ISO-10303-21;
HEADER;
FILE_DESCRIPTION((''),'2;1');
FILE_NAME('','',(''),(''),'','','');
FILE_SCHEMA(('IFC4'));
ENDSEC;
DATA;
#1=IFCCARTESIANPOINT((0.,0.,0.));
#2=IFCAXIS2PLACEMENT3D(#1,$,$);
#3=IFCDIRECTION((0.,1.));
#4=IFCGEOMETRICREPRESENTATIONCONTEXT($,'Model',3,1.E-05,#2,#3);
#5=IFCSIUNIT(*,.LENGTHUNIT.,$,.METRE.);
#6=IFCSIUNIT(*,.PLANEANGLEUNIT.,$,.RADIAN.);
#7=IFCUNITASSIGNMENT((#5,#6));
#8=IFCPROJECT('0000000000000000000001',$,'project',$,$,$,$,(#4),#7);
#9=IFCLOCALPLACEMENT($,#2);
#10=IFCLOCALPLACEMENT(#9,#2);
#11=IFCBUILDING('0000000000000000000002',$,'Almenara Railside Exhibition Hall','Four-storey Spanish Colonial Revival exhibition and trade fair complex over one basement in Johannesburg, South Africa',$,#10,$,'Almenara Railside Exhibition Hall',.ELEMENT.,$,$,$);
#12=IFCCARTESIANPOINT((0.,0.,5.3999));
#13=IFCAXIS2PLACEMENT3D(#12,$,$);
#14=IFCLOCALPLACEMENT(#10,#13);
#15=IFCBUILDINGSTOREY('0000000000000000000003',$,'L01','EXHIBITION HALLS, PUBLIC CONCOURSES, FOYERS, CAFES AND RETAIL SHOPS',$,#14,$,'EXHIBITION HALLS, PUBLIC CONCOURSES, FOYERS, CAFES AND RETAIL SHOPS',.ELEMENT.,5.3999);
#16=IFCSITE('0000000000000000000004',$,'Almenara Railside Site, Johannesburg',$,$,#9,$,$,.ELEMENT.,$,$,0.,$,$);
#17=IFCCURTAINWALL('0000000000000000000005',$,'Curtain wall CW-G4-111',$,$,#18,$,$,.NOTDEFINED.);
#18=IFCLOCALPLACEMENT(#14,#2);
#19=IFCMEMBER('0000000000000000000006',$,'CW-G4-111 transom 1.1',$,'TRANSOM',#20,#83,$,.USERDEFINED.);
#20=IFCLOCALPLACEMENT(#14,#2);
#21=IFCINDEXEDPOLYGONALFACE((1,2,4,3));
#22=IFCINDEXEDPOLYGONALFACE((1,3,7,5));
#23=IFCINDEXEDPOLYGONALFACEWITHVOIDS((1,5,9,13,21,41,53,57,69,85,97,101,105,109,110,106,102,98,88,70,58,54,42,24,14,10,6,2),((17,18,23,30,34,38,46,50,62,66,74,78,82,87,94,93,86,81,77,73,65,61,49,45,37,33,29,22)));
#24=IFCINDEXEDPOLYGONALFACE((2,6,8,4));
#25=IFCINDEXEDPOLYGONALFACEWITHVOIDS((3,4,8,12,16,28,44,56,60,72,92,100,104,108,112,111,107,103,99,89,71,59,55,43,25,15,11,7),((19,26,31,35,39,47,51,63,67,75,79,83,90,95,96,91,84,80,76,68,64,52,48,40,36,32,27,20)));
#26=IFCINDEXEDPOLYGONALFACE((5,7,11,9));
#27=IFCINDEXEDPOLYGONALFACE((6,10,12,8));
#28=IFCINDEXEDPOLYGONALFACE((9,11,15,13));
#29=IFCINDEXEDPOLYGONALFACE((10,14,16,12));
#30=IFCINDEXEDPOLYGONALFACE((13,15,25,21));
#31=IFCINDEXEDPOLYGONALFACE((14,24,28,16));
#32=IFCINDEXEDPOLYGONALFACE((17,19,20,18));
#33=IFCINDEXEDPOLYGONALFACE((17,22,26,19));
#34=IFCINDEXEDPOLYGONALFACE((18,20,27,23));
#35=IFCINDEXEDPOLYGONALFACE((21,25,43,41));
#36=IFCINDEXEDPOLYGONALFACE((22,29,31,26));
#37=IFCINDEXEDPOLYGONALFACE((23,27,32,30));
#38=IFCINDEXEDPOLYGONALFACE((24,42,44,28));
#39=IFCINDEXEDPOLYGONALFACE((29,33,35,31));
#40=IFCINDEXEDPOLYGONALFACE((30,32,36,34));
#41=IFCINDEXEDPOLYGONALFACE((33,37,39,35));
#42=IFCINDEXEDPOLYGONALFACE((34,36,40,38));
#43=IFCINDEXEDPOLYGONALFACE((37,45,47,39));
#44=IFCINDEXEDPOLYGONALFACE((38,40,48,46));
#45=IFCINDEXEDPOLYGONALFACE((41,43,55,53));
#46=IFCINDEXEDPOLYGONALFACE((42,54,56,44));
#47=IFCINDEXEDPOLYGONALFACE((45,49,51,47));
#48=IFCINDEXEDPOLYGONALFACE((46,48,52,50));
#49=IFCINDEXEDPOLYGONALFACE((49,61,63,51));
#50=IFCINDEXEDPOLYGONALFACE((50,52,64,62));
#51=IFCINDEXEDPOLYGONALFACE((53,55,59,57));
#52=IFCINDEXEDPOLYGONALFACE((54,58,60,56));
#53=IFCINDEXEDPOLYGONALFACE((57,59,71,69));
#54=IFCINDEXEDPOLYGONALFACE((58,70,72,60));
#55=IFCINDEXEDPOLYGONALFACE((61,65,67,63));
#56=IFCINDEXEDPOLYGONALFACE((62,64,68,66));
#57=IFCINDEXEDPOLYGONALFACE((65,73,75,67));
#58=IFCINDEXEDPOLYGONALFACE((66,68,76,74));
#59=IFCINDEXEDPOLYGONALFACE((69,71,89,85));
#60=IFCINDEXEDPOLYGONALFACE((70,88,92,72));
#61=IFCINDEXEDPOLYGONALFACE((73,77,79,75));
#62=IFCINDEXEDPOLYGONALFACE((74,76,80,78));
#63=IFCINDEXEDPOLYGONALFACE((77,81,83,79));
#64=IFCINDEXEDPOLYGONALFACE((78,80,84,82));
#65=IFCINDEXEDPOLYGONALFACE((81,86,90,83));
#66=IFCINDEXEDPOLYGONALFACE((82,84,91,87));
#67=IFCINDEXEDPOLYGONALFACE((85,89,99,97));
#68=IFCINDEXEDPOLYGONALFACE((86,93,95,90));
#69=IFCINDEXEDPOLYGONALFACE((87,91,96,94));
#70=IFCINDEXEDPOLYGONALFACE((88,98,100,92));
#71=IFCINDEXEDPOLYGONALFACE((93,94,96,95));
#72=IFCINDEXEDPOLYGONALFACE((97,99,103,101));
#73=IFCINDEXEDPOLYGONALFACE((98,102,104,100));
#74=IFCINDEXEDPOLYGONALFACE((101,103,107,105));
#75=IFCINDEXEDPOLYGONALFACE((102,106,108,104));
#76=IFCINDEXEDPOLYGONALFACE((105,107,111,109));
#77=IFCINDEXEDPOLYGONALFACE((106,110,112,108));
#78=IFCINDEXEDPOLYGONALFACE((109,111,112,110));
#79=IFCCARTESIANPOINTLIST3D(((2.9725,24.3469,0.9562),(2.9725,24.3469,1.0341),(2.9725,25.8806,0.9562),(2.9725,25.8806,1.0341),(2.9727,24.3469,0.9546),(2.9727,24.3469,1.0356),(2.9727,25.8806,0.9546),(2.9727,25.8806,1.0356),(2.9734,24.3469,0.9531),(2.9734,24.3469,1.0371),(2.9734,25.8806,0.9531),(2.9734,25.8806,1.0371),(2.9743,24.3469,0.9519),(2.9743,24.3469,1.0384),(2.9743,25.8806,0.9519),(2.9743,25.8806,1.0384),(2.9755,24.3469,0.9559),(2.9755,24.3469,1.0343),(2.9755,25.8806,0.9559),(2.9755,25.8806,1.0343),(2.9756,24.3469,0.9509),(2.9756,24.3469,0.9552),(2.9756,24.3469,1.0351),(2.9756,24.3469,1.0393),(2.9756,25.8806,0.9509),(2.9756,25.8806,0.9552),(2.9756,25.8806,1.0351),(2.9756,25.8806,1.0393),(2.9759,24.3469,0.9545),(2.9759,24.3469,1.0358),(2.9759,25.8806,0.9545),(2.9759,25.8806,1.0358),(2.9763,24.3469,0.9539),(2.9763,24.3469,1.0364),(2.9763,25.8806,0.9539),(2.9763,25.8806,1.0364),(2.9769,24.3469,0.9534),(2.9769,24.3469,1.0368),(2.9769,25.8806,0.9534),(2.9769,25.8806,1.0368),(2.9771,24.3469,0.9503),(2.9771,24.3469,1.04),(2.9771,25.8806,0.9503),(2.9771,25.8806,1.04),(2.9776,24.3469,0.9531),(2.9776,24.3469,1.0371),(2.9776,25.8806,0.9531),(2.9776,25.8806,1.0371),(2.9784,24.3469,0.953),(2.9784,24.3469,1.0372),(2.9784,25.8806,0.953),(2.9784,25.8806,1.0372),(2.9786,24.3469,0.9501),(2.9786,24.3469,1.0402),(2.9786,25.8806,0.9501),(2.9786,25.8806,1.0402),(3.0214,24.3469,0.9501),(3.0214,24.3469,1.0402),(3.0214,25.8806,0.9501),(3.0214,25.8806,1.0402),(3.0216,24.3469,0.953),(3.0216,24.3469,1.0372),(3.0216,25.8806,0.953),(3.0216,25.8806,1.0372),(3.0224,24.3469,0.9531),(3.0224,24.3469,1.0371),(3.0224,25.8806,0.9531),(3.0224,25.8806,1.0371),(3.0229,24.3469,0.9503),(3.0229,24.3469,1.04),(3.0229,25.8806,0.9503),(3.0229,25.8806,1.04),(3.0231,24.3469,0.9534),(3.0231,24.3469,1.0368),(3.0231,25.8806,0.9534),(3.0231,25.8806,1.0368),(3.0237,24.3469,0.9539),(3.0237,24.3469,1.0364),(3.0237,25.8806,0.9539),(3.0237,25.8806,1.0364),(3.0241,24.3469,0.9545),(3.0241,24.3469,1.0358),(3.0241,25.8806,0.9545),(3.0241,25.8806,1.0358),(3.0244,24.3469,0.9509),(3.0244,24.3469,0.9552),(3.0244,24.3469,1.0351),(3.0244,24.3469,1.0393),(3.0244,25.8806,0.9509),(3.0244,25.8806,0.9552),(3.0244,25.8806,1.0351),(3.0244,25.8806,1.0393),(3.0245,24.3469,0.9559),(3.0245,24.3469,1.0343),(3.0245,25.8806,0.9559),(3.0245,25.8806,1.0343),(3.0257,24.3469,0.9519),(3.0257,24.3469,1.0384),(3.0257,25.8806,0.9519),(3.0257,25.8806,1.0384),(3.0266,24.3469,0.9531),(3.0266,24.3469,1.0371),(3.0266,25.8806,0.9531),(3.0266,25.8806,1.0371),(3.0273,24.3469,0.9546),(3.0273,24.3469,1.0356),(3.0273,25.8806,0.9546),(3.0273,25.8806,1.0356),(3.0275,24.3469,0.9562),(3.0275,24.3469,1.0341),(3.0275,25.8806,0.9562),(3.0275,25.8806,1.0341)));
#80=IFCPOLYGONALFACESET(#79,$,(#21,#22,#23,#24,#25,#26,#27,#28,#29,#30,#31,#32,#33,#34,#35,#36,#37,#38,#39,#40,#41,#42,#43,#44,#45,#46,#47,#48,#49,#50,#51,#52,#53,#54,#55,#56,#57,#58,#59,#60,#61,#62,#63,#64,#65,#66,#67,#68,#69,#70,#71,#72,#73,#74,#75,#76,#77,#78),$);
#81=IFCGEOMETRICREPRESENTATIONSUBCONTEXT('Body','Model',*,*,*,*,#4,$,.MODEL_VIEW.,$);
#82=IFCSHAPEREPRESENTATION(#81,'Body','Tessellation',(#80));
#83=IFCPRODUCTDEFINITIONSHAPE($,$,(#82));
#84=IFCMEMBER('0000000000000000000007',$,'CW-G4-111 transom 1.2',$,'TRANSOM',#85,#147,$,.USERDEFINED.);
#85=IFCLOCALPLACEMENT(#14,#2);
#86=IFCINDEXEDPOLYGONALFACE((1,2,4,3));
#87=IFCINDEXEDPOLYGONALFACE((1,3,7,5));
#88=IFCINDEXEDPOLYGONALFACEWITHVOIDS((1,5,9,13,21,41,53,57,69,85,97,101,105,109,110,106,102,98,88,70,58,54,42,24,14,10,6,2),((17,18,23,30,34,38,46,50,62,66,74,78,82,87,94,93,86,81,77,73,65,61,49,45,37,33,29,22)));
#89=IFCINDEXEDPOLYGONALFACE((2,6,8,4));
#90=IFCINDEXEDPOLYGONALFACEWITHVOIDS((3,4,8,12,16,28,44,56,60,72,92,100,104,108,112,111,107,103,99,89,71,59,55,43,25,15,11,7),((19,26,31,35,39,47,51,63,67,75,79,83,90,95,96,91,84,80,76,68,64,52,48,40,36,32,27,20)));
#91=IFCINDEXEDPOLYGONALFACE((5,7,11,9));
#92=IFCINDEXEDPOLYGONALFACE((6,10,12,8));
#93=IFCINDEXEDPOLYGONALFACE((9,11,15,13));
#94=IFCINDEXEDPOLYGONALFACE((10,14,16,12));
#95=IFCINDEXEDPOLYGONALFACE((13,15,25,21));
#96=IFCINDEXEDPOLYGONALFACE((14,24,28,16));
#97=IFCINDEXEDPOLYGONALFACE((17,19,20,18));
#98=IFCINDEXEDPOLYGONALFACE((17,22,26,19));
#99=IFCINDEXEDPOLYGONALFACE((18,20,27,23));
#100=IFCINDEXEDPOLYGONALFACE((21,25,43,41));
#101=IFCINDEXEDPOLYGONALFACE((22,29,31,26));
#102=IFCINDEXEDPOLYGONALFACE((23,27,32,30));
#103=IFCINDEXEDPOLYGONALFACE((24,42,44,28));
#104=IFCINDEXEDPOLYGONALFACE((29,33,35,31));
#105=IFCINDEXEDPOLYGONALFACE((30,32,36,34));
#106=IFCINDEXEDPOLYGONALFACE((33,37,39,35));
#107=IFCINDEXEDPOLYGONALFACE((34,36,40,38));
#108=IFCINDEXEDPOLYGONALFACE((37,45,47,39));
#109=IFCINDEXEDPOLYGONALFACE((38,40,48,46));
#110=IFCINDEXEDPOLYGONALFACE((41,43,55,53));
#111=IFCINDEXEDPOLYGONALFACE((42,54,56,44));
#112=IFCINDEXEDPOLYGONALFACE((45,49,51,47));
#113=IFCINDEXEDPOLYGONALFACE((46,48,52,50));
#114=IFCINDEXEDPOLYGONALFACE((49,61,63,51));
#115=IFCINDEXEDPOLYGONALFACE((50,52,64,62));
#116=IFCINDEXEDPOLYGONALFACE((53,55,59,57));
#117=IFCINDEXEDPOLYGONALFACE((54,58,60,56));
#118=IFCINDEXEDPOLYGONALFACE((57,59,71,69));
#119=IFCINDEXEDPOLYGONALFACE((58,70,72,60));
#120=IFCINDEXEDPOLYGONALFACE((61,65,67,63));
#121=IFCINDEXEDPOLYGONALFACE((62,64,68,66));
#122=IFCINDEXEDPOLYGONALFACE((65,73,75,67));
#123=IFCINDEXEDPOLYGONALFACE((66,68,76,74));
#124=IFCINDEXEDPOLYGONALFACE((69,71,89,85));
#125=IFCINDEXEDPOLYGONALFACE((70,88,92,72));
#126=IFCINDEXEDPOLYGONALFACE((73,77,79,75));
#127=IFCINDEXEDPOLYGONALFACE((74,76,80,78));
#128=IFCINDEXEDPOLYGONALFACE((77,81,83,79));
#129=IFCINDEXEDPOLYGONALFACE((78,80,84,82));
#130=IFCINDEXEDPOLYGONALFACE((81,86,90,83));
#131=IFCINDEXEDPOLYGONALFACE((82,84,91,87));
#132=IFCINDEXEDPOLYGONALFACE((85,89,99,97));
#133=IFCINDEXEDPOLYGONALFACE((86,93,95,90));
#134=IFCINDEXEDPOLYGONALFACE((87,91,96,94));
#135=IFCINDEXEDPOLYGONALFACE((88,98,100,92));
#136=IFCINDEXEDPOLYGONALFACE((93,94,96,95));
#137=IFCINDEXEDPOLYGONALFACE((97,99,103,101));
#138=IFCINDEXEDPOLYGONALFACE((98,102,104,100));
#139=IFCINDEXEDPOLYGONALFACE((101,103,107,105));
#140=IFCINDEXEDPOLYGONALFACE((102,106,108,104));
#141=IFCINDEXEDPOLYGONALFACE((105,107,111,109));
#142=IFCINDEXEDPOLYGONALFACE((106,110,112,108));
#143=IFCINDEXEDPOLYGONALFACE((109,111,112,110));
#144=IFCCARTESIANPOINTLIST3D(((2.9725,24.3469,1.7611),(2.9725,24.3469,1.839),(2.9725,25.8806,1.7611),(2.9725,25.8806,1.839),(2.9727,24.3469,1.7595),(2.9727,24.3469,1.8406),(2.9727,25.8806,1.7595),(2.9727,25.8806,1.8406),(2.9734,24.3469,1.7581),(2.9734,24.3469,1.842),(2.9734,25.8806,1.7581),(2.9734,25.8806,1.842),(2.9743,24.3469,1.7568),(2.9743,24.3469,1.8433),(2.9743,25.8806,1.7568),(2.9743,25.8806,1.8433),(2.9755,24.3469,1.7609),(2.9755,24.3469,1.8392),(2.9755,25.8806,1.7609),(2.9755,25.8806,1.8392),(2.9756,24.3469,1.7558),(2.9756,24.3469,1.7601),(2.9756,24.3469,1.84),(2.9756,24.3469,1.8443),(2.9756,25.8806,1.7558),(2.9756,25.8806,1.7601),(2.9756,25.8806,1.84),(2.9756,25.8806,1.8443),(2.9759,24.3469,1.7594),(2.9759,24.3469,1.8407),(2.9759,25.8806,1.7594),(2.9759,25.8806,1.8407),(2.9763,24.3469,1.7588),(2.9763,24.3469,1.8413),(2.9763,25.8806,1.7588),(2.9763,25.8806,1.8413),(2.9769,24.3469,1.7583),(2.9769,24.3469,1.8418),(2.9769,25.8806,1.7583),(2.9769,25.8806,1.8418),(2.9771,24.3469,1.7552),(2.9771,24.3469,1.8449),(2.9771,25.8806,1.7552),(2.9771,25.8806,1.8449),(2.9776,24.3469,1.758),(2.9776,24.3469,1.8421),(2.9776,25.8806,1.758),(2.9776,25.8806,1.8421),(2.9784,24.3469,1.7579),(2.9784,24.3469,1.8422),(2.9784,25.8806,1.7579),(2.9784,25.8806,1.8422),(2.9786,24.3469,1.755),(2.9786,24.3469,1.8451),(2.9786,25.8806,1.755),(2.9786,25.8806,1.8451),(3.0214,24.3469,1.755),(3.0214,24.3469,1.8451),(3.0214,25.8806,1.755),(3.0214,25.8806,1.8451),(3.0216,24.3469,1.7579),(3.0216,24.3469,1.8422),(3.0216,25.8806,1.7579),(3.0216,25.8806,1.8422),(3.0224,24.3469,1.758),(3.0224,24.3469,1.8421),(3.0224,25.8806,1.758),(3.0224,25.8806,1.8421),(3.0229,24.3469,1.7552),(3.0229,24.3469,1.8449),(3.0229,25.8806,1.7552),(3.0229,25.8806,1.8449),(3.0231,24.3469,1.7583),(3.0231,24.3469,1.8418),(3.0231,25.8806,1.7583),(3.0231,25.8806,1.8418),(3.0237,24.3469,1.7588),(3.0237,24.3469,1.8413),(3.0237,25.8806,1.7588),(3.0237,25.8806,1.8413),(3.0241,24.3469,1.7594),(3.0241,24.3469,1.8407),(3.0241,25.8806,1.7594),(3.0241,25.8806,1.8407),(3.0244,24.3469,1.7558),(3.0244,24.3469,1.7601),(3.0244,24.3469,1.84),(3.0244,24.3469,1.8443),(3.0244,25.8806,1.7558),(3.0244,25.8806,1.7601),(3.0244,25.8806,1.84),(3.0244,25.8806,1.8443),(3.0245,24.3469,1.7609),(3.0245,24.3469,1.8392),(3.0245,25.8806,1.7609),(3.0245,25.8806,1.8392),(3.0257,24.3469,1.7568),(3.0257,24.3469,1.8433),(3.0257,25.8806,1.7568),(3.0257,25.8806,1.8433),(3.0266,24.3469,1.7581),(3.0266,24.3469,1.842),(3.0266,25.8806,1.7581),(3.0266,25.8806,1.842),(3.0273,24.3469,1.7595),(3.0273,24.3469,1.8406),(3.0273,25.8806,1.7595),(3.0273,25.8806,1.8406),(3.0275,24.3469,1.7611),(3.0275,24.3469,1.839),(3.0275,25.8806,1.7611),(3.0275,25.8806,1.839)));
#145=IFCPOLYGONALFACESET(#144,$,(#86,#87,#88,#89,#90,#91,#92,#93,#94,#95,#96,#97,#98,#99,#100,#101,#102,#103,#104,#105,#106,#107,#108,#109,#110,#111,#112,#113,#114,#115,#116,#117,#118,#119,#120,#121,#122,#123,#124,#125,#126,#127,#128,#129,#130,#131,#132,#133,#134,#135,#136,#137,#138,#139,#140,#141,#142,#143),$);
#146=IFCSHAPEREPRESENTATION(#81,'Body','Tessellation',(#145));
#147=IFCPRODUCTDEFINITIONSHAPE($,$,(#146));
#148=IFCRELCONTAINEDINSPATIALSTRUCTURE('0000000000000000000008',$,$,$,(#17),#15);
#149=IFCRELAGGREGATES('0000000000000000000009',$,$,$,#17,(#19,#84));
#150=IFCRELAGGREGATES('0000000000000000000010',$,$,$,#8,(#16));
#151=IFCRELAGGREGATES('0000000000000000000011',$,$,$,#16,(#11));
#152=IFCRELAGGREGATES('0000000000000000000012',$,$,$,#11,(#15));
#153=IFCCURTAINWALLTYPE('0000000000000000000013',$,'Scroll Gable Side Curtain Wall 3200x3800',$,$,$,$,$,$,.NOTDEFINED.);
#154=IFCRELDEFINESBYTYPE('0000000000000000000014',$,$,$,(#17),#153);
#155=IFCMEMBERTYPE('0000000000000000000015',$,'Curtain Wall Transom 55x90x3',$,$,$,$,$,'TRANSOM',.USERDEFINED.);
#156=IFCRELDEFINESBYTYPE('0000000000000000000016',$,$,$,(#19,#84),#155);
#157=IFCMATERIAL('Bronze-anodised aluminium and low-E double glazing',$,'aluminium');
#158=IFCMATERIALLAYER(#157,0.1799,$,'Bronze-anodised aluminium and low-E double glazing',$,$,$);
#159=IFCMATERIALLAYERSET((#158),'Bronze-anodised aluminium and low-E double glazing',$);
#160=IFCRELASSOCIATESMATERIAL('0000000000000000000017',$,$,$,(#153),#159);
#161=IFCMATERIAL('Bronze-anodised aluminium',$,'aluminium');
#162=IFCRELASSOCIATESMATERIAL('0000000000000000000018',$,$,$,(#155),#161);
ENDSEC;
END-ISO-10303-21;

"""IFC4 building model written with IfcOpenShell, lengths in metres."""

from ifc_helpers import new_model, si_unit, direction, frame, origin, origin_2d, place, context, subcontext, project, spatial, hollow_rectangle, extrude, material, layer, layer_set, material_profile, profile_set, type_object, element, aggregate, save


model = new_model("IFC4")

# Units and contexts
model_context = context("Model", 3, precision=1e-05, world=origin(), true_north=direction((0.0, 1.0)))
body_context = subcontext(model_context, "Body", "Model", "MODEL_VIEW")
ifc_project = project(units=[si_unit("LENGTHUNIT", "METRE"), si_unit("PLANEANGLEUNIT", "RADIAN")], contexts=[model_context])

# Site, building, storey
site_placement = place(None, origin())
site = spatial("IfcSite", under=ifc_project, at=site_placement, Name="Almenara Railside Site, Johannesburg", CompositionType="ELEMENT", RefElevation=0.0)
building_placement = place(site_placement, origin())
building = spatial("IfcBuilding", under=site, at=building_placement, Name="Almenara Railside Exhibition Hall", Description="Four-storey Spanish Colonial Revival exhibition and trade fair complex over one basement in Johannesburg, South Africa", LongName="Almenara Railside Exhibition Hall", CompositionType="ELEMENT")
storey_placement = place(building_placement, frame((0.0, 0.0, 5.3999)))
storey = spatial("IfcBuildingStorey", under=building, at=storey_placement, Name="L01", Description="EXHIBITION HALLS, PUBLIC CONCOURSES, FOYERS, CAFES AND RETAIL SHOPS", LongName="EXHIBITION HALLS, PUBLIC CONCOURSES, FOYERS, CAFES AND RETAIL SHOPS", CompositionType="ELEMENT", Elevation=5.3999)

# Curtain wall
ifc_material_1 = material(Name="Bronze-anodised aluminium and low-E double glazing", Category="aluminium")
ifc_layer_1 = layer(ifc_material_1, 0.1799, Name="Bronze-anodised aluminium and low-E double glazing")
ifc_layer_set_1 = layer_set([ifc_layer_1], Name="Bronze-anodised aluminium and low-E double glazing")
curtain_wall_type_1 = type_object("IfcCurtainWallType", Name="Scroll Gable Side Curtain Wall 3200x3800", PredefinedType="NOTDEFINED", material=ifc_layer_set_1)
curtain_wall_1_placement = place(storey_placement, origin())
curtain_wall_1 = element("IfcCurtainWall", 1, at=curtain_wall_1_placement, inside=storey, type_object=curtain_wall_type_1, Name="Curtain wall CW-G4-111", PredefinedType="NOTDEFINED")
ifc_material_2 = material(Name="Bronze-anodised aluminium", Category="aluminium")

# Members
ifc_material_profile_1 = material_profile(ifc_material_2, hollow_rectangle(XDim=0.0549, YDim=0.0901, WallThickness=0.0029, InnerFilletRadius=0.0029, OuterFilletRadius=0.0061, at=origin_2d()), Name="ALU-TRN 55x90x3")
ifc_profile_set_1 = profile_set([ifc_material_profile_1], Name="Bronze-anodised aluminium")
member_type_1 = type_object("IfcMemberType", Name="Curtain Wall Transom 55x90x3", ElementType="TRANSOM", PredefinedType="USERDEFINED", material=ifc_profile_set_1)
member_1_placement = place(storey_placement, frame((3.0, 24.3469, 0.9951), z_axis=(0.0, 1.0, 0.0), x_axis=(-1.0, 0.0, 0.0)))
member_1 = element("IfcMember", 2, at=member_1_placement, type_object=member_type_1, Name="CW-G4-111 transom 1.1", ObjectType="TRANSOM", PredefinedType="USERDEFINED", context=body_context, shape_type="SweptSolid", body=[
    extrude(hollow_rectangle(XDim=0.0549, YDim=0.0901, WallThickness=0.0029, InnerFilletRadius=0.0029, OuterFilletRadius=0.0061, at=origin_2d()), origin(), (0.0, 0.0, 1.0), 1.5337),
])
member_2_placement = place(storey_placement, frame((3.0, 24.3469, 1.8), z_axis=(0.0, 1.0, 0.0), x_axis=(-1.0, 0.0, 0.0)))
member_2 = element("IfcMember", 3, at=member_2_placement, type_object=member_type_1, Name="CW-G4-111 transom 1.2", ObjectType="TRANSOM", PredefinedType="USERDEFINED", context=body_context, shape_type="SweptSolid", body=[
    extrude(hollow_rectangle(XDim=0.0549, YDim=0.0901, WallThickness=0.0029, InnerFilletRadius=0.0029, OuterFilletRadius=0.0061, at=origin_2d()), origin(), (0.0, 0.0, 1.0), 1.5337),
])
aggregate(curtain_wall_1, [member_1, member_2])

save(model, "model.ifc")
